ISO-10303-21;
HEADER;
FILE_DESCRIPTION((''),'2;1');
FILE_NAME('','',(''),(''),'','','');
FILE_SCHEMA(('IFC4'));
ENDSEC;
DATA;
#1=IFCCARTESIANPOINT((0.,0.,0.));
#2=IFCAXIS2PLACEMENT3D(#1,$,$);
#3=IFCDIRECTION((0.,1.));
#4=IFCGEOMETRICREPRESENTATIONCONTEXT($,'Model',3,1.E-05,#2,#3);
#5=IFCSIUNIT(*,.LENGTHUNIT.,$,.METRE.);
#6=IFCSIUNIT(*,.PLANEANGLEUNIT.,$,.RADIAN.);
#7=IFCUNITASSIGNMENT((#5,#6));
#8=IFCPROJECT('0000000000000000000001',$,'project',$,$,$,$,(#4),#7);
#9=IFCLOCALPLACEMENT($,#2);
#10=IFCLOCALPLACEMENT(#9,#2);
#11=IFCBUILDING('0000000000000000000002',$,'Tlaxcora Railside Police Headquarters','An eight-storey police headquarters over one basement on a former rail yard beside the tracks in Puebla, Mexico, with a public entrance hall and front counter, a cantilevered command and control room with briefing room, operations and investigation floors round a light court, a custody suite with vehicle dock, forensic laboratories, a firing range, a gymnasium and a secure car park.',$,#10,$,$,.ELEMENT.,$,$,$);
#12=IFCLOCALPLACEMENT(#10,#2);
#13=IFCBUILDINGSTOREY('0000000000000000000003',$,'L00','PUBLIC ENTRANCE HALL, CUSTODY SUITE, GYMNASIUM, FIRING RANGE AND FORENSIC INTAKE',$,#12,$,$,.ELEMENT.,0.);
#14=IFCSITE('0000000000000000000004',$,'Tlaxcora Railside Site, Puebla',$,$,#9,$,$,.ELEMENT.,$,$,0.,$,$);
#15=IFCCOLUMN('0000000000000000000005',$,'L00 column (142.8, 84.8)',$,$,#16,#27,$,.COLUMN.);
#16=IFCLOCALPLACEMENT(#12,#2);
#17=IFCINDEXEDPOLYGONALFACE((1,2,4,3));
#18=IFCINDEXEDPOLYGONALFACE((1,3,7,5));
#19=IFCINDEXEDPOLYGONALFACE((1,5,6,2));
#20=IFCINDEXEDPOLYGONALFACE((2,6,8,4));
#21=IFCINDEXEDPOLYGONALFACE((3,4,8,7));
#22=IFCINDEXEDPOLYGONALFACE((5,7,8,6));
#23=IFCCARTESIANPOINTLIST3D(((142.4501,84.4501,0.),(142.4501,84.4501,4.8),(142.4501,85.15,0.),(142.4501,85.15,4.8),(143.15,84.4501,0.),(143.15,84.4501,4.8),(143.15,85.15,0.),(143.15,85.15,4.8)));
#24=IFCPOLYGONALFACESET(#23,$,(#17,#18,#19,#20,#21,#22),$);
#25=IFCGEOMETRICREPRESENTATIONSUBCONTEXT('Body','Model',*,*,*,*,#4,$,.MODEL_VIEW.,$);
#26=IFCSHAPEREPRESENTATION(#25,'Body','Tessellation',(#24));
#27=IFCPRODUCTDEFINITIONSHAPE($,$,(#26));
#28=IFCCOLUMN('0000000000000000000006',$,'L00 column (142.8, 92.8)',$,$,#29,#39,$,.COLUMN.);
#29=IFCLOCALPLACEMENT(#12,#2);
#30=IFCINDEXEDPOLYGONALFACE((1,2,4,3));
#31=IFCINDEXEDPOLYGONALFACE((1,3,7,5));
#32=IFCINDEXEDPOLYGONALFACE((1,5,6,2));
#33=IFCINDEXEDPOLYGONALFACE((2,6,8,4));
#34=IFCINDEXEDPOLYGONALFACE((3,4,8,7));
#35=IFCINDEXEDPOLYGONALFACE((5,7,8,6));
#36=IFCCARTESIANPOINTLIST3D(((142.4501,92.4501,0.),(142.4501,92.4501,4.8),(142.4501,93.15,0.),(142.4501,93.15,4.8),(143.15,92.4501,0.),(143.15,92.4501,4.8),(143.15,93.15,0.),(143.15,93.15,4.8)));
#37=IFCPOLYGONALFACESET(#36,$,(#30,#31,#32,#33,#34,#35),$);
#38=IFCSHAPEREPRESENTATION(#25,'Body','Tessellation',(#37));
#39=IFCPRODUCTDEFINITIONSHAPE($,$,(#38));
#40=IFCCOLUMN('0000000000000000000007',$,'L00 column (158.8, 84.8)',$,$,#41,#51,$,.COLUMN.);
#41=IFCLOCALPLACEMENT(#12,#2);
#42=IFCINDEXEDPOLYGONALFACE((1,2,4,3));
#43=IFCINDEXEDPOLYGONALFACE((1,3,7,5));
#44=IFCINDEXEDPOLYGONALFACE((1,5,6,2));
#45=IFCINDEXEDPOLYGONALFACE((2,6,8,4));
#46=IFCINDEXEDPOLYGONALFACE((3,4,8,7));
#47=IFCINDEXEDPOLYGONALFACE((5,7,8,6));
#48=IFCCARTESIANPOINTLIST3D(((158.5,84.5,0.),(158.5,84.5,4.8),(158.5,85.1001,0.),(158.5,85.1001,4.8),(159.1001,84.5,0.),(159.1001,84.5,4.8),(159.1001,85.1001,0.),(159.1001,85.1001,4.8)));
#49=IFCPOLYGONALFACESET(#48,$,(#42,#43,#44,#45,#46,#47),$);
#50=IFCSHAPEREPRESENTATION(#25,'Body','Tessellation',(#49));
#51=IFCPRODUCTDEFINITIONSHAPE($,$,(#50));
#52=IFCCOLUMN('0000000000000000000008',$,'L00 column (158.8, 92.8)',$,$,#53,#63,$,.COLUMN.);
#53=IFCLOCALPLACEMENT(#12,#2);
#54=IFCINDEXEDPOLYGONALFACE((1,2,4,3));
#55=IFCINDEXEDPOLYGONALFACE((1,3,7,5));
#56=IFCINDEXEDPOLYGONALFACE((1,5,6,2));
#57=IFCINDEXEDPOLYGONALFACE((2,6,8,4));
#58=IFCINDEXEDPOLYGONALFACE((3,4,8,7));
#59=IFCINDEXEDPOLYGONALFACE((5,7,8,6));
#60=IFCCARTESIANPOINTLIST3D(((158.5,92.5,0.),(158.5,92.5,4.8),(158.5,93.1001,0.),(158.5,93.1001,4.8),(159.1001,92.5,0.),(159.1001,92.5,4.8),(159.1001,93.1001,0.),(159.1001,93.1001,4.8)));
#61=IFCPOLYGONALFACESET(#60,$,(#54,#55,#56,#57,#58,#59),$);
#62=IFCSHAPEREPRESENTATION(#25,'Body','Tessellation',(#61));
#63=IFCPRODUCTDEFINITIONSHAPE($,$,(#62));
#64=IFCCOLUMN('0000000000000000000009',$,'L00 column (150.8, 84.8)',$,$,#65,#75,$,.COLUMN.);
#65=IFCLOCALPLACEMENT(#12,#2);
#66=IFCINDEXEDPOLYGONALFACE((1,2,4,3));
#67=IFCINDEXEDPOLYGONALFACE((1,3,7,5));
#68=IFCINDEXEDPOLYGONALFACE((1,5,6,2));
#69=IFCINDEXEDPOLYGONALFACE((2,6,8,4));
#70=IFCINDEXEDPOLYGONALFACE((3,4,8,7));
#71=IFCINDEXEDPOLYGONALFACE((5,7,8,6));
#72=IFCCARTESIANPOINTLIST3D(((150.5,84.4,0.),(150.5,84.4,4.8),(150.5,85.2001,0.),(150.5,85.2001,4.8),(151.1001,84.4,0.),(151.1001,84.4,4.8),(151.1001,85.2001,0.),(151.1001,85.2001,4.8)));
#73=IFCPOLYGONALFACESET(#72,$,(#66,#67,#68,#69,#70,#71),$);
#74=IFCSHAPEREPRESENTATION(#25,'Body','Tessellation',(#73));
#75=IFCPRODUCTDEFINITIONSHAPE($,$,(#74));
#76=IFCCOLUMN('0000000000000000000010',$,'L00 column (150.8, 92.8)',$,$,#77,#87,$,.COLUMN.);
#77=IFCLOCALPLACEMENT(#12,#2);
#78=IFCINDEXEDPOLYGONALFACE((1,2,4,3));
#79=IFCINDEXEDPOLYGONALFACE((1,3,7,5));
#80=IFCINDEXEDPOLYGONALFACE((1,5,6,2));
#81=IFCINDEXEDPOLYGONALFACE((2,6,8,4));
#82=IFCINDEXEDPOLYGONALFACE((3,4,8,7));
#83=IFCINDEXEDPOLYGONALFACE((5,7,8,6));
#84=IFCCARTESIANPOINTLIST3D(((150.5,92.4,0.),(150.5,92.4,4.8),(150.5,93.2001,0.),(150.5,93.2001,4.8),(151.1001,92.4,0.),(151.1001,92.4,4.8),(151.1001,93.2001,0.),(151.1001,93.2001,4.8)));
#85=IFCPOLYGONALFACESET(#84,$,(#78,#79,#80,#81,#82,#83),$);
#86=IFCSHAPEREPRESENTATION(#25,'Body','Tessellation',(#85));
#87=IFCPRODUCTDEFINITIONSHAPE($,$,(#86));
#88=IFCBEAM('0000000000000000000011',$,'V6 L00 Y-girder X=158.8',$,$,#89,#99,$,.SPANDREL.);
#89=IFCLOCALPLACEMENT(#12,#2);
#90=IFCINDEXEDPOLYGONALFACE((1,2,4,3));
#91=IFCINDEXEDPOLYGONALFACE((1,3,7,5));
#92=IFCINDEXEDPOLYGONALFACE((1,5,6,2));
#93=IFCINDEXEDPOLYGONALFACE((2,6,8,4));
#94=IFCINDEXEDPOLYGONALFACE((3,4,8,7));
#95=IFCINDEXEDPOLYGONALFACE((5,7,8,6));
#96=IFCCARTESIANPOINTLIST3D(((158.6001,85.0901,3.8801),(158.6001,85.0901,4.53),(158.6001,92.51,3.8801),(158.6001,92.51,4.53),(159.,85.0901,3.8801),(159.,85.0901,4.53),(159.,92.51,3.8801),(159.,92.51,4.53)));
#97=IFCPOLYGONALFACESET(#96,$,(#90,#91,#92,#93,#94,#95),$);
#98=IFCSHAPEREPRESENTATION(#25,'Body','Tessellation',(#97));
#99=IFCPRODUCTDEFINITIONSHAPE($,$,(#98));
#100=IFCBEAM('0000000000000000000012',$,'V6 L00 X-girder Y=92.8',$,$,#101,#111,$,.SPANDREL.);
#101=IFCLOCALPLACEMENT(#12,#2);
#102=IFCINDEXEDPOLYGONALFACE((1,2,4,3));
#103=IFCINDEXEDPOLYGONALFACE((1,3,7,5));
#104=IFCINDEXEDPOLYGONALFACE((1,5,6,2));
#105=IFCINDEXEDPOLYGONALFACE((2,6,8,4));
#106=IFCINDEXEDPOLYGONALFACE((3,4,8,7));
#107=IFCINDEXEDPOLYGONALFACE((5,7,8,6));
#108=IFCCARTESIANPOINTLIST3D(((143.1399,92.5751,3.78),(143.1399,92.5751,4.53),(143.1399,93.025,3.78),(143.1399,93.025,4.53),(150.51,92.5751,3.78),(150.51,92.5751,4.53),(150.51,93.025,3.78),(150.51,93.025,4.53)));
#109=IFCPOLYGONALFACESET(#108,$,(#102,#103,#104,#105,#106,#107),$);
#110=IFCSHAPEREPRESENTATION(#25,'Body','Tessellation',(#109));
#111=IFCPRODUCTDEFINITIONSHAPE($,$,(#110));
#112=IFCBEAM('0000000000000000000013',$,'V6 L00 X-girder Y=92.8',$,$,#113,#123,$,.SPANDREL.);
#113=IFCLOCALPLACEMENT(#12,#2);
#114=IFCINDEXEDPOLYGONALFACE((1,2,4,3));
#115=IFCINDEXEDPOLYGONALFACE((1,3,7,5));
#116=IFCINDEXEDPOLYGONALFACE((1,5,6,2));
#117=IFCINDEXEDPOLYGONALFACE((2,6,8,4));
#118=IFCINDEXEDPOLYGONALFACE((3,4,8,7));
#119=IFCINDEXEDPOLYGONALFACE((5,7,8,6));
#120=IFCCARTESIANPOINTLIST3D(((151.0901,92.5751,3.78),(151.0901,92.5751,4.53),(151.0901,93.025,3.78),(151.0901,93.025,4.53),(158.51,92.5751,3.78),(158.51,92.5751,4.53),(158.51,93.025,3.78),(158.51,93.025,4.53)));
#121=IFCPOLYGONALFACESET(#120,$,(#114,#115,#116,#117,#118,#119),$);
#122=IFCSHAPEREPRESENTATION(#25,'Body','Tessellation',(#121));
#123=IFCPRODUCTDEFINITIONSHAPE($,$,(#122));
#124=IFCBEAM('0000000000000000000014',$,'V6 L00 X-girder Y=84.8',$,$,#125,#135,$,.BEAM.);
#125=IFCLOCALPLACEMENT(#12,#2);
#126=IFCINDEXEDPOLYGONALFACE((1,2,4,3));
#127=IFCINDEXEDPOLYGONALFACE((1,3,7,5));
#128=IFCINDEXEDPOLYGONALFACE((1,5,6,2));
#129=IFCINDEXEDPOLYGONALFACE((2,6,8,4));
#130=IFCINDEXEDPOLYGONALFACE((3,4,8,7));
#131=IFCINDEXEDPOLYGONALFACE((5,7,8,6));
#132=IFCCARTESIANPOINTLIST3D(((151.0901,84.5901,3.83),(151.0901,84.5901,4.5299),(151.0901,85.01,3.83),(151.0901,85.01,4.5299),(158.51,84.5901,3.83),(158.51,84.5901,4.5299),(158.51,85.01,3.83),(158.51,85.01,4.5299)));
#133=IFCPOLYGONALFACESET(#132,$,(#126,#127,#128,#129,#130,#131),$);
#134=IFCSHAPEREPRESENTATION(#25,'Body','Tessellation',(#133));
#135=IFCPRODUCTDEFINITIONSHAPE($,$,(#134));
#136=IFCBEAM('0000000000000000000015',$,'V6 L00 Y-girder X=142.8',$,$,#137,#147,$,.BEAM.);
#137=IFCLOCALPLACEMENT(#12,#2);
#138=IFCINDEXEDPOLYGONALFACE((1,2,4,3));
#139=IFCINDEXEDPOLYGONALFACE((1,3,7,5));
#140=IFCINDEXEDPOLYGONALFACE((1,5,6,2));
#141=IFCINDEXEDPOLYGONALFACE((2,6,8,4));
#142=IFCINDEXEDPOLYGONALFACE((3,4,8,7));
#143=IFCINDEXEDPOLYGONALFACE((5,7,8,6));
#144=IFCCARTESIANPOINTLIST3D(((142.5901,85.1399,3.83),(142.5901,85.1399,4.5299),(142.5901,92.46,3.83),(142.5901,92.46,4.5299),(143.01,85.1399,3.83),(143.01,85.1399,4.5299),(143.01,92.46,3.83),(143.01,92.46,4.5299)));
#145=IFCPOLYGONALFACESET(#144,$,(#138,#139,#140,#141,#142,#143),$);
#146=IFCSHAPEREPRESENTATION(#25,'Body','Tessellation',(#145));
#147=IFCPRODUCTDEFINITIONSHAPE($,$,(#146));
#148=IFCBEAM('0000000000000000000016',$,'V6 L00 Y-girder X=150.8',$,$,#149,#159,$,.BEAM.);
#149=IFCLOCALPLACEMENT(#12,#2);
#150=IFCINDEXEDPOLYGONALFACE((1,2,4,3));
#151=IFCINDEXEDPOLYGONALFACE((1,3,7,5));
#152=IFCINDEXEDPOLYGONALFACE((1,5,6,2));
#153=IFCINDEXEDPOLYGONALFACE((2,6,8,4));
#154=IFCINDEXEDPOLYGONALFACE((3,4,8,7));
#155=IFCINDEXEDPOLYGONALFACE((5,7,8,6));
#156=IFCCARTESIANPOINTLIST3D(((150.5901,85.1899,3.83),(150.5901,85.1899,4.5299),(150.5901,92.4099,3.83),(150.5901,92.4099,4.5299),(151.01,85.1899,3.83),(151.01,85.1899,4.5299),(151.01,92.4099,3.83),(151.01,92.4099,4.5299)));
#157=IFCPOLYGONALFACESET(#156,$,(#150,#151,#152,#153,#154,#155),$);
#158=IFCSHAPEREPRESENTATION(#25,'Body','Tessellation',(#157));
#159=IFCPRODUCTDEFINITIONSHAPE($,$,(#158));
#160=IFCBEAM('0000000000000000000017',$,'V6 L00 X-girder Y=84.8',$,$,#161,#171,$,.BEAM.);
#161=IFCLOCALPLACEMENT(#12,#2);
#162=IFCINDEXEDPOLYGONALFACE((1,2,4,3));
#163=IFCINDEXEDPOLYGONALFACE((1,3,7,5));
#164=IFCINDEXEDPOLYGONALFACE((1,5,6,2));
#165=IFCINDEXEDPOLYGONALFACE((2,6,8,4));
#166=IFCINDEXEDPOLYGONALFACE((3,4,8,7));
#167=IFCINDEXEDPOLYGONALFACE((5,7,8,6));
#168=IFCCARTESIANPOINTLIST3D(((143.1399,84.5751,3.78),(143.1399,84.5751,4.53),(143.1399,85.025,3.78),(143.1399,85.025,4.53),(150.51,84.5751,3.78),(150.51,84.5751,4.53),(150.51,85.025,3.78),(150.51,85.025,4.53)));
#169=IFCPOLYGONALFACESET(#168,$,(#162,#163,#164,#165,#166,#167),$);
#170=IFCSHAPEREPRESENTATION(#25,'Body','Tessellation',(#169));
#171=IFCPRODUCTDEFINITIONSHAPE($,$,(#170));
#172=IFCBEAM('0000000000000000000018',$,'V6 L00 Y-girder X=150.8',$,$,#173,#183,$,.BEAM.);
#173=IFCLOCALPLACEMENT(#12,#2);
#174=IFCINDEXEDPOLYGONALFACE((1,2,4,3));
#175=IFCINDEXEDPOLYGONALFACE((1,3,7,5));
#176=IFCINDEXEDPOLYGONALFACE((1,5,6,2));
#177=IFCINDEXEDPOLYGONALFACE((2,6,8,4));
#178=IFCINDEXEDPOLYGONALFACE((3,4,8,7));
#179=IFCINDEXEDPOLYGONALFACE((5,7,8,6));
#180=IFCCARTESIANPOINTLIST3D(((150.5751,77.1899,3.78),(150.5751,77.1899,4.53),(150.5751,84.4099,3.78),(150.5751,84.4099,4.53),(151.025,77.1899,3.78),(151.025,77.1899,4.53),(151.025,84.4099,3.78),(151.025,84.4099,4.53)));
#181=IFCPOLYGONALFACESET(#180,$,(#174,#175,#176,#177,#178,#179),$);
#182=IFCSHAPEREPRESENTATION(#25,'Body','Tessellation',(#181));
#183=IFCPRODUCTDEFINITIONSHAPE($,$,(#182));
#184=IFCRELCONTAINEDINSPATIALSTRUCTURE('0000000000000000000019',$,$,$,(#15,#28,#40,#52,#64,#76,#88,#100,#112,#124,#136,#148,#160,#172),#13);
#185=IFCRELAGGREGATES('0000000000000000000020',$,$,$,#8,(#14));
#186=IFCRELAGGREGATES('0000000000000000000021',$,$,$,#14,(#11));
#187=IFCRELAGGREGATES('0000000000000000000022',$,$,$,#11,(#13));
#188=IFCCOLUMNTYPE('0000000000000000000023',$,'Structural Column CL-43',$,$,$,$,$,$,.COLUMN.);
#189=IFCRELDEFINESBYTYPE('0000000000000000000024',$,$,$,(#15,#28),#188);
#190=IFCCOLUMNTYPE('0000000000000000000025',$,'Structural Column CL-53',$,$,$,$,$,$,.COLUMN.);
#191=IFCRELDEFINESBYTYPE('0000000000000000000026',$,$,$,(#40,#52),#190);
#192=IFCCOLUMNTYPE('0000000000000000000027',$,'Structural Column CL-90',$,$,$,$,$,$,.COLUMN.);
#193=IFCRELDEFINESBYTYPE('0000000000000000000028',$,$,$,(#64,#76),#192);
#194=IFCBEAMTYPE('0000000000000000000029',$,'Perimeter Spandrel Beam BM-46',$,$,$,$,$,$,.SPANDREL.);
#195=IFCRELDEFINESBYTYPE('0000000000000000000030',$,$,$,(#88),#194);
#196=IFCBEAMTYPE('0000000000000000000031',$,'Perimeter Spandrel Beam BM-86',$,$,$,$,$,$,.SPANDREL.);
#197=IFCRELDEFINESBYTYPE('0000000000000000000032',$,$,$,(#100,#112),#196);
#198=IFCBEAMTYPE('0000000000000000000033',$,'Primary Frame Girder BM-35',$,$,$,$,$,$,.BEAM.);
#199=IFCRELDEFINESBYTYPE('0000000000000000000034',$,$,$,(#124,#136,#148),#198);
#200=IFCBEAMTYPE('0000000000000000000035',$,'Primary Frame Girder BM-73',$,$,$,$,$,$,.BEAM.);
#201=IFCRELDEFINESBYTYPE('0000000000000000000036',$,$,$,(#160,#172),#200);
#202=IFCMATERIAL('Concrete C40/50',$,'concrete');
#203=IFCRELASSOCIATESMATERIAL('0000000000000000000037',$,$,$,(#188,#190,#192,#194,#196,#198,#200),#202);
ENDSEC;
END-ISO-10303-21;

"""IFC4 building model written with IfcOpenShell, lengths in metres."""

from ifc_helpers import new_model, si_unit, direction, frame, origin, origin_2d, place, context, subcontext, project, spatial, rectangle, extrude, material, material_profile, profile_set, type_object, element, save


model = new_model("IFC4")

# Units and contexts
model_context = context("Model", 3, precision=1e-05, world=origin(), true_north=direction((0.0, 1.0)))
body_context = subcontext(model_context, "Body", "Model", "MODEL_VIEW")
ifc_project = project(units=[si_unit("LENGTHUNIT", "METRE"), si_unit("PLANEANGLEUNIT", "RADIAN")], contexts=[model_context])

# Site, building, storey
site_placement = place(None, origin())
site = spatial("IfcSite", under=ifc_project, at=site_placement, Name="Tlaxcora Railside Site, Puebla", CompositionType="ELEMENT", RefElevation=0.0)
building_placement = place(site_placement, origin())
building = spatial("IfcBuilding", under=site, at=building_placement, Name="Tlaxcora Railside Police Headquarters", Description="An eight-storey police headquarters over one basement on a former rail yard beside the tracks in Puebla, Mexico, with a public entrance hall and front counter, a cantilevered command and control room with briefing room, operations and investigation floors round a light court, a custody suite with vehicle dock, forensic laboratories, a firing range, a gymnasium and a secure car park.", CompositionType="ELEMENT")
storey_placement = place(building_placement, origin())
storey = spatial("IfcBuildingStorey", under=building, at=storey_placement, Name="L00", Description="PUBLIC ENTRANCE HALL, CUSTODY SUITE, GYMNASIUM, FIRING RANGE AND FORENSIC INTAKE", CompositionType="ELEMENT", Elevation=0.0)

# Columns
ifc_material_1 = material(Name="Concrete C40/50", Category="concrete")
ifc_material_profile_1 = material_profile(ifc_material_1, rectangle(XDim=0.7, YDim=0.7, at=origin_2d()), Name="RC700X700")
ifc_profile_set_1 = profile_set([ifc_material_profile_1], Name="Concrete C40/50")
column_type_1 = type_object("IfcColumnType", Name="Structural Column CL-43", PredefinedType="COLUMN", material=ifc_profile_set_1)
for number, where, z_axis, x_axis, name in (
    (1, (142.8, 84.8, 0.0), (0.0, 0.0, 1.0), (1.0, 0.0, 0.0), "L00 column (142.8, 84.8)"),
    (2, (142.8, 92.8, 0.0), (0.0, 0.0, 1.0), (1.0, 0.0, 0.0), "L00 column (142.8, 92.8)"),
):
    element("IfcColumn", number, at=place(storey_placement, frame(where, z_axis=z_axis, x_axis=x_axis)), inside=storey, type_object=column_type_1, Name=name, PredefinedType="COLUMN", context=body_context, shape_type="SweptSolid", body=[
        extrude(rectangle(XDim=0.7, YDim=0.7, at=origin_2d()), origin(), (0.0, 0.0, 1.0), 4.8),
    ])
ifc_material_profile_2 = material_profile(ifc_material_1, rectangle(XDim=0.6001, YDim=0.6001, at=origin_2d()), Name="RC600X600")
ifc_profile_set_2 = profile_set([ifc_material_profile_2], Name="Concrete C40/50")
column_type_2 = type_object("IfcColumnType", Name="Structural Column CL-53", PredefinedType="COLUMN", material=ifc_profile_set_2)
for number, where, z_axis, x_axis, name in (
    (3, (158.8, 84.8, 0.0), (0.0, 0.0, 1.0), (1.0, 0.0, 0.0), "L00 column (158.8, 84.8)"),
    (4, (158.8, 92.8, 0.0), (0.0, 0.0, 1.0), (1.0, 0.0, 0.0), "L00 column (158.8, 92.8)"),
):
    element("IfcColumn", number, at=place(storey_placement, frame(where, z_axis=z_axis, x_axis=x_axis)), inside=storey, type_object=column_type_2, Name=name, PredefinedType="COLUMN", context=body_context, shape_type="SweptSolid", body=[
        extrude(rectangle(XDim=0.6001, YDim=0.6001, at=origin_2d()), origin(), (0.0, 0.0, 1.0), 4.8),
    ])
ifc_material_profile_3 = material_profile(ifc_material_1, rectangle(XDim=0.6001, YDim=0.8, at=origin_2d()), Name="RC600X800")
ifc_profile_set_3 = profile_set([ifc_material_profile_3], Name="Concrete C40/50")
column_type_3 = type_object("IfcColumnType", Name="Structural Column CL-90", PredefinedType="COLUMN", material=ifc_profile_set_3)
for number, where, z_axis, x_axis, name in (
    (5, (150.8, 84.8, 0.0), (0.0, 0.0, 1.0), (1.0, 0.0, 0.0), "L00 column (150.8, 84.8)"),
    (6, (150.8, 92.8, 0.0), (0.0, 0.0, 1.0), (1.0, 0.0, 0.0), "L00 column (150.8, 92.8)"),
):
    element("IfcColumn", number, at=place(storey_placement, frame(where, z_axis=z_axis, x_axis=x_axis)), inside=storey, type_object=column_type_3, Name=name, PredefinedType="COLUMN", context=body_context, shape_type="SweptSolid", body=[
        extrude(rectangle(XDim=0.6001, YDim=0.8, at=origin_2d()), origin(), (0.0, 0.0, 1.0), 4.8),
    ])

# Beams
ifc_material_profile_4 = material_profile(ifc_material_1, rectangle(XDim=0.3999, YDim=0.6499, at=origin_2d()), Name="RC400X650")
ifc_profile_set_4 = profile_set([ifc_material_profile_4], Name="Concrete C40/50")
beam_type_1 = type_object("IfcBeamType", Name="Perimeter Spandrel Beam BM-46", PredefinedType="SPANDREL", material=ifc_profile_set_4)
beam_1_placement = place(storey_placement, frame((158.8, 85.0901, 4.2051), z_axis=(0.0, 1.0, 0.0), x_axis=(-1.0, 0.0, 0.0)))
element("IfcBeam", 7, at=beam_1_placement, inside=storey, type_object=beam_type_1, Name="V6 L00 Y-girder X=158.8", PredefinedType="SPANDREL", context=body_context, shape_type="SweptSolid", body=[
    extrude(rectangle(XDim=0.3999, YDim=0.6499, at=origin_2d()), origin(), (0.0, 0.0, 1.0), 7.4199),
])
ifc_material_profile_5 = material_profile(ifc_material_1, rectangle(XDim=0.45, YDim=0.75, at=origin_2d()), Name="RC450X750")
ifc_profile_set_5 = profile_set([ifc_material_profile_5], Name="Concrete C40/50")
beam_type_2 = type_object("IfcBeamType", Name="Perimeter Spandrel Beam BM-86", PredefinedType="SPANDREL", material=ifc_profile_set_5)
beam_2_placement = place(storey_placement, frame((143.1399, 92.8, 4.155), z_axis=(1.0, 0.0, 0.0), x_axis=(0.0, 1.0, 0.0)))
element("IfcBeam", 8, at=beam_2_placement, inside=storey, type_object=beam_type_2, Name="V6 L00 X-girder Y=92.8", PredefinedType="SPANDREL", context=body_context, shape_type="SweptSolid", body=[
    extrude(rectangle(XDim=0.45, YDim=0.75, at=origin_2d()), origin(), (0.0, 0.0, 1.0), 7.3701),
])
beam_3_placement = place(storey_placement, frame((151.0901, 92.8, 4.155), z_axis=(1.0, 0.0, 0.0), x_axis=(0.0, 1.0, 0.0)))
element("IfcBeam", 9, at=beam_3_placement, inside=storey, type_object=beam_type_2, Name="V6 L00 X-girder Y=92.8", PredefinedType="SPANDREL", context=body_context, shape_type="SweptSolid", body=[
    extrude(rectangle(XDim=0.45, YDim=0.75, at=origin_2d()), origin(), (0.0, 0.0, 1.0), 7.4199),
])
ifc_material_profile_6 = material_profile(ifc_material_1, rectangle(XDim=0.4199, YDim=0.7, at=origin_2d()), Name="RC420X700")
ifc_profile_set_6 = profile_set([ifc_material_profile_6], Name="Concrete C40/50")
beam_type_3 = type_object("IfcBeamType", Name="Primary Frame Girder BM-35", PredefinedType="BEAM", material=ifc_profile_set_6)
beam_4_placement = place(storey_placement, frame((151.0901, 84.8, 4.1799), z_axis=(1.0, 0.0, 0.0), x_axis=(0.0, 1.0, 0.0)))
element("IfcBeam", 10, at=beam_4_placement, inside=storey, type_object=beam_type_3, Name="V6 L00 X-girder Y=84.8", PredefinedType="BEAM", context=body_context, shape_type="SweptSolid", body=[
    extrude(rectangle(XDim=0.4199, YDim=0.7, at=origin_2d()), origin(), (0.0, 0.0, 1.0), 7.4199),
])
beam_5_placement = place(storey_placement, frame((142.8, 85.1399, 4.1799), z_axis=(0.0, 1.0, 0.0), x_axis=(-1.0, 0.0, 0.0)))
element("IfcBeam", 11, at=beam_5_placement, inside=storey, type_object=beam_type_3, Name="V6 L00 Y-girder X=142.8", PredefinedType="BEAM", context=body_context, shape_type="SweptSolid", body=[
    extrude(rectangle(XDim=0.4199, YDim=0.7, at=origin_2d()), origin(), (0.0, 0.0, 1.0), 7.3201),
])
beam_6_placement = place(storey_placement, frame((150.8, 85.1899, 4.1799), z_axis=(0.0, 1.0, 0.0), x_axis=(-1.0, 0.0, 0.0)))
element("IfcBeam", 12, at=beam_6_placement, inside=storey, type_object=beam_type_3, Name="V6 L00 Y-girder X=150.8", PredefinedType="BEAM", context=body_context, shape_type="SweptSolid", body=[
    extrude(rectangle(XDim=0.4199, YDim=0.7, at=origin_2d()), origin(), (0.0, 0.0, 1.0), 7.22),
])
ifc_material_profile_7 = material_profile(ifc_material_1, rectangle(XDim=0.45, YDim=0.75, at=origin_2d()), Name="RC450X750")
ifc_profile_set_7 = profile_set([ifc_material_profile_7], Name="Concrete C40/50")
beam_type_4 = type_object("IfcBeamType", Name="Primary Frame Girder BM-73", PredefinedType="BEAM", material=ifc_profile_set_7)
beam_7_placement = place(storey_placement, frame((143.1399, 84.8, 4.155), z_axis=(1.0, 0.0, 0.0), x_axis=(0.0, 1.0, 0.0)))
element("IfcBeam", 13, at=beam_7_placement, inside=storey, type_object=beam_type_4, Name="V6 L00 X-girder Y=84.8", PredefinedType="BEAM", context=body_context, shape_type="SweptSolid", body=[
    extrude(rectangle(XDim=0.45, YDim=0.75, at=origin_2d()), origin(), (0.0, 0.0, 1.0), 7.3701),
])
beam_8_placement = place(storey_placement, frame((150.8, 77.1899, 4.155), z_axis=(0.0, 1.0, 0.0), x_axis=(-1.0, 0.0, 0.0)))
element("IfcBeam", 14, at=beam_8_placement, inside=storey, type_object=beam_type_4, Name="V6 L00 Y-girder X=150.8", PredefinedType="BEAM", context=body_context, shape_type="SweptSolid", body=[
    extrude(rectangle(XDim=0.45, YDim=0.75, at=origin_2d()), origin(), (0.0, 0.0, 1.0), 7.22),
])

save(model, "model.ifc")
